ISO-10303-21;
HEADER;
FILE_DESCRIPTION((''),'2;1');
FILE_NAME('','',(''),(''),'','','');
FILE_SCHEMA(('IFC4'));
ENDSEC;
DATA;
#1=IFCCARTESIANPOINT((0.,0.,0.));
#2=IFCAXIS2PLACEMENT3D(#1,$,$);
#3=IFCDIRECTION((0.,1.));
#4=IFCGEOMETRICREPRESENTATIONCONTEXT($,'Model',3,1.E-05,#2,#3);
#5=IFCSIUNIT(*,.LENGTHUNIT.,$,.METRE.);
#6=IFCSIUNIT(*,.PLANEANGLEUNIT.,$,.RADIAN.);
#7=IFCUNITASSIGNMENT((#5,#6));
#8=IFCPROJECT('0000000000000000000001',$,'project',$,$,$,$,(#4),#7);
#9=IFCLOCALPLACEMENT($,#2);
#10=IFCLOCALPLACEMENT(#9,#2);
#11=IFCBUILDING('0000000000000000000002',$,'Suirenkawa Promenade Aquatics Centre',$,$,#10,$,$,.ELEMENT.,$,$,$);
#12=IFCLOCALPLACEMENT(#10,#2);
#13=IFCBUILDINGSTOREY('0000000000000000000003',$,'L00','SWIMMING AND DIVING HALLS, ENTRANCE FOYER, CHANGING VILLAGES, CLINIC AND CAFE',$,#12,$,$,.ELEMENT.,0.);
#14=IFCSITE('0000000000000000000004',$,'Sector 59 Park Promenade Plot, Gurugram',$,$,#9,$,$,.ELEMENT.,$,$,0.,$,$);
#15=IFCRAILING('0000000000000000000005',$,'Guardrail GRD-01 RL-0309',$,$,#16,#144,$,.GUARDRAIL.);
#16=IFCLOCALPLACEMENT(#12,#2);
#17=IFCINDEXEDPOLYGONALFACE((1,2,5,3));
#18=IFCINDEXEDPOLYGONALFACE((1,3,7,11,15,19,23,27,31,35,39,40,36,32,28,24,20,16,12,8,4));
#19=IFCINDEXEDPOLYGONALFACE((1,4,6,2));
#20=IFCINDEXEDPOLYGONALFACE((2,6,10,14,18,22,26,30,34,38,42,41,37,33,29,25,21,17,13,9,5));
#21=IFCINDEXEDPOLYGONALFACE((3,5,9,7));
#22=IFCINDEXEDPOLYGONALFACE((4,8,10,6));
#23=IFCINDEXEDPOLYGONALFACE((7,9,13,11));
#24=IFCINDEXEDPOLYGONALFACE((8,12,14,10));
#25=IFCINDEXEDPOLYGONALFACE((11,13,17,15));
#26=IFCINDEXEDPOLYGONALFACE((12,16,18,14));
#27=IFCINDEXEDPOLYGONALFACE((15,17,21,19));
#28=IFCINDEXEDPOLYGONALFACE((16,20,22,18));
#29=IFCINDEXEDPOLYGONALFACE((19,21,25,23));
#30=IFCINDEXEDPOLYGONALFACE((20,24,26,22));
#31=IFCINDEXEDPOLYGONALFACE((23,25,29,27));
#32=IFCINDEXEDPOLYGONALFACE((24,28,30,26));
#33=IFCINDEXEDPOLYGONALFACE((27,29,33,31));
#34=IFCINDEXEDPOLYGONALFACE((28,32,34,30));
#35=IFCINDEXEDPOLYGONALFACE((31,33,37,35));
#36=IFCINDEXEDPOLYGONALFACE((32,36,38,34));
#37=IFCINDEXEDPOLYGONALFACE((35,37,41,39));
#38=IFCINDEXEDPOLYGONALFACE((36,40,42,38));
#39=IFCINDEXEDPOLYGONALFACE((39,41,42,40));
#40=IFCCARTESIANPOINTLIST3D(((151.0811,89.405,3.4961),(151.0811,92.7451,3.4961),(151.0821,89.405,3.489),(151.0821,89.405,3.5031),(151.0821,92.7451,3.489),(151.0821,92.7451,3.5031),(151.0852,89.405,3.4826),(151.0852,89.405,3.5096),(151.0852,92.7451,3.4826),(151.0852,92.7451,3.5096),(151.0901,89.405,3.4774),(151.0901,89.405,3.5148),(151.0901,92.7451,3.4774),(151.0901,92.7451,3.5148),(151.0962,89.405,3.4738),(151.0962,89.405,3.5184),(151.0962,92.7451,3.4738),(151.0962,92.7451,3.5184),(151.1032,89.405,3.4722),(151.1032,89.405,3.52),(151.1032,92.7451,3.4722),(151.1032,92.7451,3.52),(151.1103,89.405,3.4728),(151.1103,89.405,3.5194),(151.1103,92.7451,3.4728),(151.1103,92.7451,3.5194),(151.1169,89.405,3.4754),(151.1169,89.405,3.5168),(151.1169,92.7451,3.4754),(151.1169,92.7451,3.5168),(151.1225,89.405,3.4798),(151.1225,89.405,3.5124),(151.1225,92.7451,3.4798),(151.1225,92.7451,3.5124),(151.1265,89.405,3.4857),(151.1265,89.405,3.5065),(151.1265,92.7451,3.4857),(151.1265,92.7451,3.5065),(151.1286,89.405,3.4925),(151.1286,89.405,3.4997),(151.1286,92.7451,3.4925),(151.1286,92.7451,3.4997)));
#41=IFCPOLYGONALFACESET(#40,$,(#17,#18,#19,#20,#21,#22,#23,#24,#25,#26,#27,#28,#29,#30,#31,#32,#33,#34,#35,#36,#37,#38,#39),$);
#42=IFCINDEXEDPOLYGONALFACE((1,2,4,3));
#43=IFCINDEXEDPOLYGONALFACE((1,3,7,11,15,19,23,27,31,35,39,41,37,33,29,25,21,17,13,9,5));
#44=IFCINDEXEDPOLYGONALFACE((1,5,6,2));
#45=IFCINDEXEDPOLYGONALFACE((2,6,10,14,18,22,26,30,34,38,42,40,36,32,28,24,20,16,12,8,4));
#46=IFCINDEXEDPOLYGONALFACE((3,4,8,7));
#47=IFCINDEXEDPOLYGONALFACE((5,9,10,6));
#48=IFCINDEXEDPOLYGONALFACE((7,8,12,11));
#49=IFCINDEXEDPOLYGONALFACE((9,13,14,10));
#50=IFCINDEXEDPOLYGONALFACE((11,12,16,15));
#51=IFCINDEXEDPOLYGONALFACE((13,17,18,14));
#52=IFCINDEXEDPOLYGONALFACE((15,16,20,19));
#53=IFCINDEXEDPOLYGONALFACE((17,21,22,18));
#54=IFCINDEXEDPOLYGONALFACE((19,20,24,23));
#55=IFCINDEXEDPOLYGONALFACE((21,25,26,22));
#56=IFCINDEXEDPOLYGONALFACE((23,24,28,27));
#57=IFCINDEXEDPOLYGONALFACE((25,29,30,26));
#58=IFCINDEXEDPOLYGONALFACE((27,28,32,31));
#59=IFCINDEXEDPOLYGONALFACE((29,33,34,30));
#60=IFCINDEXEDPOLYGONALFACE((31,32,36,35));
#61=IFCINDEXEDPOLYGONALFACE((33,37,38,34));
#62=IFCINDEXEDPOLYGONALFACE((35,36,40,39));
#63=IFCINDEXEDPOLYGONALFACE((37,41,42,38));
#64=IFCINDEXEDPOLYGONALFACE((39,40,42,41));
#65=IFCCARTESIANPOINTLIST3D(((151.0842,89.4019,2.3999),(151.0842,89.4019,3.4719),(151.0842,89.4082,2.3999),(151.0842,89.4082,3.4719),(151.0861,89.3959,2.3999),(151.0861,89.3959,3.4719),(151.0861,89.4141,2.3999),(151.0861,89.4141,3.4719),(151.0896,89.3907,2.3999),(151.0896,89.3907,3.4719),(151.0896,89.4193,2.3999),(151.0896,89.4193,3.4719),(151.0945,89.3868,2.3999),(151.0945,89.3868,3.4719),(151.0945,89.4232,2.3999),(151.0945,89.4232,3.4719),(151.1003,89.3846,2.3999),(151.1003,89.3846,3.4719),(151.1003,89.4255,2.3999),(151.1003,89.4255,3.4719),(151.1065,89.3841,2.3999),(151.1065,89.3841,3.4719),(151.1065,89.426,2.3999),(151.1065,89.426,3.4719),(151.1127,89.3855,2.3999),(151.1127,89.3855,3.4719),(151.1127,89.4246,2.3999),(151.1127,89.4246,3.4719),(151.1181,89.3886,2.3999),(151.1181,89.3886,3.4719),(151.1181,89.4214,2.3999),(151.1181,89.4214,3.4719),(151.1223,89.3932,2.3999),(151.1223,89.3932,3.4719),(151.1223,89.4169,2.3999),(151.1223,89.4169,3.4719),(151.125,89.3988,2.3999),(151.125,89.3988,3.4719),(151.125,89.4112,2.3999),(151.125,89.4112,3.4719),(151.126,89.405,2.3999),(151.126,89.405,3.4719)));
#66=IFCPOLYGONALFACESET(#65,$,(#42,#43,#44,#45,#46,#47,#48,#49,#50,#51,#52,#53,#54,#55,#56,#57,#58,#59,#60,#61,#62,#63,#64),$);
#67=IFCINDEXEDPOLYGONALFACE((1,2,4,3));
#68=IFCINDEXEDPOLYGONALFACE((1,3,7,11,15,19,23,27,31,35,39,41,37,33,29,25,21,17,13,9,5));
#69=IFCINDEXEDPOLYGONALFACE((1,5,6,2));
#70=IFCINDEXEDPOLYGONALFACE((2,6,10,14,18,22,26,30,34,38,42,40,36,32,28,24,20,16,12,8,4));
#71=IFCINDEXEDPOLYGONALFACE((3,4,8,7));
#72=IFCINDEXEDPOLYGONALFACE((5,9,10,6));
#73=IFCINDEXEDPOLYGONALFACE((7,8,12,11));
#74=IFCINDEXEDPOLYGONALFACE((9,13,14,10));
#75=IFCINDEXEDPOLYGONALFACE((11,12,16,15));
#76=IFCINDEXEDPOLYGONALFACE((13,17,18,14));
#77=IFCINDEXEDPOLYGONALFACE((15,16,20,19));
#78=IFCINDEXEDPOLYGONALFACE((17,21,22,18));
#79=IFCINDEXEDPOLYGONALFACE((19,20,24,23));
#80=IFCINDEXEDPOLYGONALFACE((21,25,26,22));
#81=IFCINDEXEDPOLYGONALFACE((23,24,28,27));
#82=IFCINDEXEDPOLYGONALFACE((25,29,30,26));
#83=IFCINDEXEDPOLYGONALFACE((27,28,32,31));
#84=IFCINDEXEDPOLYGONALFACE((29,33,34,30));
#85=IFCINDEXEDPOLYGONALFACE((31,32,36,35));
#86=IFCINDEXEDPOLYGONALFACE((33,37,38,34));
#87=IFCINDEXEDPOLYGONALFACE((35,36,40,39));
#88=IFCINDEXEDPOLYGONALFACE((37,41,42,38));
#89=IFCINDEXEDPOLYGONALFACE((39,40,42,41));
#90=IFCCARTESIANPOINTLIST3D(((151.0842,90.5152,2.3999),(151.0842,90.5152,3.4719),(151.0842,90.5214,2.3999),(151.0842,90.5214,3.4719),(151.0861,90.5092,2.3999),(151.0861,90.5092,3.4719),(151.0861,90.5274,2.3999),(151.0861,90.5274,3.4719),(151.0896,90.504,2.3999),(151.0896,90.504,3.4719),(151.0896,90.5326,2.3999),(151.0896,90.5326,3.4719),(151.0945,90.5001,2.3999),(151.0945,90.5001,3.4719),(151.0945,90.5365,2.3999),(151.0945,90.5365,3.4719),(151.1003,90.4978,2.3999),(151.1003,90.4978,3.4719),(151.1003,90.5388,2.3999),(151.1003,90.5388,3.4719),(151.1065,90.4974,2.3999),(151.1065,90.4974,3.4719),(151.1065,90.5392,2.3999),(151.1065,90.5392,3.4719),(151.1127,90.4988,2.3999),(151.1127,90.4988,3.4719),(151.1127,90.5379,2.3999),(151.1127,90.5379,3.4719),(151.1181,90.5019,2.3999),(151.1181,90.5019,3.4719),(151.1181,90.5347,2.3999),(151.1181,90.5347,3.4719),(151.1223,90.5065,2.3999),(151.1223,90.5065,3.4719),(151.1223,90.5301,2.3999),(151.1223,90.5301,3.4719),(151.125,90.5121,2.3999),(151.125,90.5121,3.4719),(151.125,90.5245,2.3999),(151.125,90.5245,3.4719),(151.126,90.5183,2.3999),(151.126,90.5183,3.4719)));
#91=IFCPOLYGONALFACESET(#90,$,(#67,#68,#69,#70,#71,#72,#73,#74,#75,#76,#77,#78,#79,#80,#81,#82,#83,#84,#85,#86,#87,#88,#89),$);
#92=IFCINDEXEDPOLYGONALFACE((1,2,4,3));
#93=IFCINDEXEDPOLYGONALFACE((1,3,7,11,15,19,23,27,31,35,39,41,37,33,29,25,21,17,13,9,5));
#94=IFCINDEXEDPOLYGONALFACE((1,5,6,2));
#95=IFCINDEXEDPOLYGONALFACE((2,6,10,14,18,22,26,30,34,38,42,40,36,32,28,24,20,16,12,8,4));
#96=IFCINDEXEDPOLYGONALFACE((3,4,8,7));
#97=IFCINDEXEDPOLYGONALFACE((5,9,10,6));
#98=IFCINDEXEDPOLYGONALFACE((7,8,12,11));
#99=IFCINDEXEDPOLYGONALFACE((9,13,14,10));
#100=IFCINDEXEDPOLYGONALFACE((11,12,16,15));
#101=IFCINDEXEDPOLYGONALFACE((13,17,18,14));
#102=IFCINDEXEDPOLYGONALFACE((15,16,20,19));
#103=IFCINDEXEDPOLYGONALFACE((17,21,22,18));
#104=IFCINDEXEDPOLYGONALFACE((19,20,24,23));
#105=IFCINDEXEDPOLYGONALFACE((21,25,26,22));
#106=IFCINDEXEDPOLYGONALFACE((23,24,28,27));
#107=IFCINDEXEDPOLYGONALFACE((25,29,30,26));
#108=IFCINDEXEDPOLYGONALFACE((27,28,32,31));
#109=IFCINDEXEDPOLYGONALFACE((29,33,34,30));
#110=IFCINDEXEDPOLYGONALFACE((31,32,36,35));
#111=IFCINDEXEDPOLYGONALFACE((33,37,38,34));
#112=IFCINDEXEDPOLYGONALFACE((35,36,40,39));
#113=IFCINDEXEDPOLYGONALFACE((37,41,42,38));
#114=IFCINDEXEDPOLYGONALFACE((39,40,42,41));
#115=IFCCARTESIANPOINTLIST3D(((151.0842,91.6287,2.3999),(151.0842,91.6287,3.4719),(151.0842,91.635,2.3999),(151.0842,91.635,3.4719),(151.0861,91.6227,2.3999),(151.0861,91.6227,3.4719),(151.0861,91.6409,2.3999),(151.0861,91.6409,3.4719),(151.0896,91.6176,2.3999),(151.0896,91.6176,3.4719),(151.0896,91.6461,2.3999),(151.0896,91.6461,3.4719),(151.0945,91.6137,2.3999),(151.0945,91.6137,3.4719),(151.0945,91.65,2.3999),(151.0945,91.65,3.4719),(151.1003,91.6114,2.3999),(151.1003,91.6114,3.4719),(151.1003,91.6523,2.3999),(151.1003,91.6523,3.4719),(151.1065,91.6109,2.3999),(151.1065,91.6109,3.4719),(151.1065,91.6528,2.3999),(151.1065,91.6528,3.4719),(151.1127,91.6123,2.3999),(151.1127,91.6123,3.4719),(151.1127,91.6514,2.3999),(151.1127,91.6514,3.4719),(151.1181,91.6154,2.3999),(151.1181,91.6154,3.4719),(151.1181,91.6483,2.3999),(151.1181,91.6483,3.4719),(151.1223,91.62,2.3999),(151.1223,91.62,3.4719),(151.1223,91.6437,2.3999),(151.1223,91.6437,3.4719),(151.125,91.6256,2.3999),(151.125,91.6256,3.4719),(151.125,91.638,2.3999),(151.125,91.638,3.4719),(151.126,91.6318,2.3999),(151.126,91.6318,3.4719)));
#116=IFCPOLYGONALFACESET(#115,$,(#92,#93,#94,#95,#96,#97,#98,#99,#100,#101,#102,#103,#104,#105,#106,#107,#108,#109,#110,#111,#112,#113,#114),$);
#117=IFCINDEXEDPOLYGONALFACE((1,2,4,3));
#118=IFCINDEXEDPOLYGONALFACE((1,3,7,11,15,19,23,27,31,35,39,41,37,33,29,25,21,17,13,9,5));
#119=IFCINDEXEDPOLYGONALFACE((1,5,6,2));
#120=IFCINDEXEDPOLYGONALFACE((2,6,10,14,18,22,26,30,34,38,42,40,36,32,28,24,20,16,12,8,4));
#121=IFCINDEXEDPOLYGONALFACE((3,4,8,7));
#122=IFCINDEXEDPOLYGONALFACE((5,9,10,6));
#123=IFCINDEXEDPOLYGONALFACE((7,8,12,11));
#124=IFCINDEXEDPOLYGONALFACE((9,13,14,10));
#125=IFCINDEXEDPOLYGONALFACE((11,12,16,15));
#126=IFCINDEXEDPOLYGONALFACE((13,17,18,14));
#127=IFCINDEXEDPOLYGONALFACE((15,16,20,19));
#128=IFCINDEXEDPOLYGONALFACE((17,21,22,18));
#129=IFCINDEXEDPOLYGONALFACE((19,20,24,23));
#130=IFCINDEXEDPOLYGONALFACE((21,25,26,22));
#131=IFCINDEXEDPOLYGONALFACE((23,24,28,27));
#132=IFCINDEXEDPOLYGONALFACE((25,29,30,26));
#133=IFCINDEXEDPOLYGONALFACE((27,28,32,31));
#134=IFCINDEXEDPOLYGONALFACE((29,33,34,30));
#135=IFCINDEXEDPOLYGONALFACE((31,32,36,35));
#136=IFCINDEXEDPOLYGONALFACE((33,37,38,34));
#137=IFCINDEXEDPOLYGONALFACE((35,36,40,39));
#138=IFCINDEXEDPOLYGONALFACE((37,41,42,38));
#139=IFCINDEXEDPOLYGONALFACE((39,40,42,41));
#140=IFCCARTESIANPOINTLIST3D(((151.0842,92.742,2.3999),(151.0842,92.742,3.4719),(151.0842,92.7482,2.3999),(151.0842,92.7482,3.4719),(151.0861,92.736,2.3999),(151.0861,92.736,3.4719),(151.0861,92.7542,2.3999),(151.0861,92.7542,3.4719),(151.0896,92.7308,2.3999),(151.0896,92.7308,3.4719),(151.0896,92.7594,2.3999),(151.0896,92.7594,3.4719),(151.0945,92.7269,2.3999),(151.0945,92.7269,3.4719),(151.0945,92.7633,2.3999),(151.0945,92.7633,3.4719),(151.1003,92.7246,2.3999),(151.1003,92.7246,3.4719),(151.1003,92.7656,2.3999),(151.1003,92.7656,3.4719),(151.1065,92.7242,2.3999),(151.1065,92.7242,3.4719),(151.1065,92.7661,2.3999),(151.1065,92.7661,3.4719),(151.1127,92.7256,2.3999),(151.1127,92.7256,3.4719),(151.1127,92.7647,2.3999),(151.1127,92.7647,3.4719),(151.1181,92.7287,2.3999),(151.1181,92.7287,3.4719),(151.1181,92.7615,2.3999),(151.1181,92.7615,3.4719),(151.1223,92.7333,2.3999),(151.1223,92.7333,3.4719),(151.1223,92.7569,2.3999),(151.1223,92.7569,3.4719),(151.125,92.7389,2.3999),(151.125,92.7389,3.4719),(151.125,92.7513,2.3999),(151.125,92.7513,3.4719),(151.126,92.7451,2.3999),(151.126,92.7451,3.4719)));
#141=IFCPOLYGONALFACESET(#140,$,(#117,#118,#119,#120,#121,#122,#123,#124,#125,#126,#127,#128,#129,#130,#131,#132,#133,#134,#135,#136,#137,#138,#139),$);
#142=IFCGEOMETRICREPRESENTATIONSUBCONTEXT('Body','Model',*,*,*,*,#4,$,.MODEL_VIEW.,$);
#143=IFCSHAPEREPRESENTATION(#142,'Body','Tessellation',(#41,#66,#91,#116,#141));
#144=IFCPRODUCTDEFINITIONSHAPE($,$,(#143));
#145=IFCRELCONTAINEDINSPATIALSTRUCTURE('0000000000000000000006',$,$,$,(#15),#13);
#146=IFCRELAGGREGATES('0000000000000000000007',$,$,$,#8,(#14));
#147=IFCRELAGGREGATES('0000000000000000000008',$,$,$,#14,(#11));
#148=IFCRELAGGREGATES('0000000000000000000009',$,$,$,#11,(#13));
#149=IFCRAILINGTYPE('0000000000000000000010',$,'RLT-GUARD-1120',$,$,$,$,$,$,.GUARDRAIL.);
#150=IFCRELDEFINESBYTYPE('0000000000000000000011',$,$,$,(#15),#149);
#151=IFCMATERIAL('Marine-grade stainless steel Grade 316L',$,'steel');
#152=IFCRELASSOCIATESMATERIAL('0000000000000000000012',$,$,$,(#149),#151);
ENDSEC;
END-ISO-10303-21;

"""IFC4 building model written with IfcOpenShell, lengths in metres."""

from ifc_helpers import new_model, si_unit, direction, frame, origin, origin_2d, place, context, subcontext, project, spatial, circle, extrude, material, type_object, element, save


model = new_model("IFC4")

# Units and contexts
model_context = context("Model", 3, precision=1e-05, world=origin(), true_north=direction((0.0, 1.0)))
body_context = subcontext(model_context, "Body", "Model", "MODEL_VIEW")
ifc_project = project(units=[si_unit("LENGTHUNIT", "METRE"), si_unit("PLANEANGLEUNIT", "RADIAN")], contexts=[model_context])

# Site, building, storey
site_placement = place(None, origin())
site = spatial("IfcSite", under=ifc_project, at=site_placement, Name="Sector 59 Park Promenade Plot, Gurugram", CompositionType="ELEMENT", RefElevation=0.0)
building_placement = place(site_placement, origin())
building = spatial("IfcBuilding", under=site, at=building_placement, Name="Suirenkawa Promenade Aquatics Centre", CompositionType="ELEMENT")
storey_placement = place(building_placement, origin())
storey = spatial("IfcBuildingStorey", under=building, at=storey_placement, Name="L00", Description="SWIMMING AND DIVING HALLS, ENTRANCE FOYER, CHANGING VILLAGES, CLINIC AND CAFE", CompositionType="ELEMENT", Elevation=0.0)

# Railing
ifc_material_1 = material(Name="Marine-grade stainless steel Grade 316L", Category="steel")
railing_type_1 = type_object("IfcRailingType", Name="RLT-GUARD-1120", PredefinedType="GUARDRAIL", material=ifc_material_1)
for number, where, name in (
    (1, (151.105, 89.405, 2.3999), "Guardrail GRD-01 RL-0309"),
):
    element("IfcRailing", number, at=place(storey_placement, frame(where)), inside=storey, type_object=railing_type_1, Name=name, PredefinedType="GUARDRAIL", context=body_context, shape_type="SweptSolid", body=[
        extrude(circle(Radius=0.0239, at=origin_2d()), frame((0.0, 0.0, 1.0962), z_axis=(0.0, 1.0, 0.0), x_axis=(-1.0, 0.0, 0.0)), (0.0, 0.0, 1.0), 3.3401),
        extrude(circle(Radius=0.021, at=origin_2d()), origin(), (0.0, 0.0, 1.0), 1.072),
        extrude(circle(Radius=0.021, at=origin_2d()), frame((0.0, 1.1133, 0.0)), (0.0, 0.0, 1.0), 1.072),
        extrude(circle(Radius=0.021, at=origin_2d()), frame((0.0, 2.2268, 0.0)), (0.0, 0.0, 1.0), 1.072),
        extrude(circle(Radius=0.021, at=origin_2d()), frame((0.0, 3.3401, 0.0)), (0.0, 0.0, 1.0), 1.072),
    ])

save(model, "model.ifc")
